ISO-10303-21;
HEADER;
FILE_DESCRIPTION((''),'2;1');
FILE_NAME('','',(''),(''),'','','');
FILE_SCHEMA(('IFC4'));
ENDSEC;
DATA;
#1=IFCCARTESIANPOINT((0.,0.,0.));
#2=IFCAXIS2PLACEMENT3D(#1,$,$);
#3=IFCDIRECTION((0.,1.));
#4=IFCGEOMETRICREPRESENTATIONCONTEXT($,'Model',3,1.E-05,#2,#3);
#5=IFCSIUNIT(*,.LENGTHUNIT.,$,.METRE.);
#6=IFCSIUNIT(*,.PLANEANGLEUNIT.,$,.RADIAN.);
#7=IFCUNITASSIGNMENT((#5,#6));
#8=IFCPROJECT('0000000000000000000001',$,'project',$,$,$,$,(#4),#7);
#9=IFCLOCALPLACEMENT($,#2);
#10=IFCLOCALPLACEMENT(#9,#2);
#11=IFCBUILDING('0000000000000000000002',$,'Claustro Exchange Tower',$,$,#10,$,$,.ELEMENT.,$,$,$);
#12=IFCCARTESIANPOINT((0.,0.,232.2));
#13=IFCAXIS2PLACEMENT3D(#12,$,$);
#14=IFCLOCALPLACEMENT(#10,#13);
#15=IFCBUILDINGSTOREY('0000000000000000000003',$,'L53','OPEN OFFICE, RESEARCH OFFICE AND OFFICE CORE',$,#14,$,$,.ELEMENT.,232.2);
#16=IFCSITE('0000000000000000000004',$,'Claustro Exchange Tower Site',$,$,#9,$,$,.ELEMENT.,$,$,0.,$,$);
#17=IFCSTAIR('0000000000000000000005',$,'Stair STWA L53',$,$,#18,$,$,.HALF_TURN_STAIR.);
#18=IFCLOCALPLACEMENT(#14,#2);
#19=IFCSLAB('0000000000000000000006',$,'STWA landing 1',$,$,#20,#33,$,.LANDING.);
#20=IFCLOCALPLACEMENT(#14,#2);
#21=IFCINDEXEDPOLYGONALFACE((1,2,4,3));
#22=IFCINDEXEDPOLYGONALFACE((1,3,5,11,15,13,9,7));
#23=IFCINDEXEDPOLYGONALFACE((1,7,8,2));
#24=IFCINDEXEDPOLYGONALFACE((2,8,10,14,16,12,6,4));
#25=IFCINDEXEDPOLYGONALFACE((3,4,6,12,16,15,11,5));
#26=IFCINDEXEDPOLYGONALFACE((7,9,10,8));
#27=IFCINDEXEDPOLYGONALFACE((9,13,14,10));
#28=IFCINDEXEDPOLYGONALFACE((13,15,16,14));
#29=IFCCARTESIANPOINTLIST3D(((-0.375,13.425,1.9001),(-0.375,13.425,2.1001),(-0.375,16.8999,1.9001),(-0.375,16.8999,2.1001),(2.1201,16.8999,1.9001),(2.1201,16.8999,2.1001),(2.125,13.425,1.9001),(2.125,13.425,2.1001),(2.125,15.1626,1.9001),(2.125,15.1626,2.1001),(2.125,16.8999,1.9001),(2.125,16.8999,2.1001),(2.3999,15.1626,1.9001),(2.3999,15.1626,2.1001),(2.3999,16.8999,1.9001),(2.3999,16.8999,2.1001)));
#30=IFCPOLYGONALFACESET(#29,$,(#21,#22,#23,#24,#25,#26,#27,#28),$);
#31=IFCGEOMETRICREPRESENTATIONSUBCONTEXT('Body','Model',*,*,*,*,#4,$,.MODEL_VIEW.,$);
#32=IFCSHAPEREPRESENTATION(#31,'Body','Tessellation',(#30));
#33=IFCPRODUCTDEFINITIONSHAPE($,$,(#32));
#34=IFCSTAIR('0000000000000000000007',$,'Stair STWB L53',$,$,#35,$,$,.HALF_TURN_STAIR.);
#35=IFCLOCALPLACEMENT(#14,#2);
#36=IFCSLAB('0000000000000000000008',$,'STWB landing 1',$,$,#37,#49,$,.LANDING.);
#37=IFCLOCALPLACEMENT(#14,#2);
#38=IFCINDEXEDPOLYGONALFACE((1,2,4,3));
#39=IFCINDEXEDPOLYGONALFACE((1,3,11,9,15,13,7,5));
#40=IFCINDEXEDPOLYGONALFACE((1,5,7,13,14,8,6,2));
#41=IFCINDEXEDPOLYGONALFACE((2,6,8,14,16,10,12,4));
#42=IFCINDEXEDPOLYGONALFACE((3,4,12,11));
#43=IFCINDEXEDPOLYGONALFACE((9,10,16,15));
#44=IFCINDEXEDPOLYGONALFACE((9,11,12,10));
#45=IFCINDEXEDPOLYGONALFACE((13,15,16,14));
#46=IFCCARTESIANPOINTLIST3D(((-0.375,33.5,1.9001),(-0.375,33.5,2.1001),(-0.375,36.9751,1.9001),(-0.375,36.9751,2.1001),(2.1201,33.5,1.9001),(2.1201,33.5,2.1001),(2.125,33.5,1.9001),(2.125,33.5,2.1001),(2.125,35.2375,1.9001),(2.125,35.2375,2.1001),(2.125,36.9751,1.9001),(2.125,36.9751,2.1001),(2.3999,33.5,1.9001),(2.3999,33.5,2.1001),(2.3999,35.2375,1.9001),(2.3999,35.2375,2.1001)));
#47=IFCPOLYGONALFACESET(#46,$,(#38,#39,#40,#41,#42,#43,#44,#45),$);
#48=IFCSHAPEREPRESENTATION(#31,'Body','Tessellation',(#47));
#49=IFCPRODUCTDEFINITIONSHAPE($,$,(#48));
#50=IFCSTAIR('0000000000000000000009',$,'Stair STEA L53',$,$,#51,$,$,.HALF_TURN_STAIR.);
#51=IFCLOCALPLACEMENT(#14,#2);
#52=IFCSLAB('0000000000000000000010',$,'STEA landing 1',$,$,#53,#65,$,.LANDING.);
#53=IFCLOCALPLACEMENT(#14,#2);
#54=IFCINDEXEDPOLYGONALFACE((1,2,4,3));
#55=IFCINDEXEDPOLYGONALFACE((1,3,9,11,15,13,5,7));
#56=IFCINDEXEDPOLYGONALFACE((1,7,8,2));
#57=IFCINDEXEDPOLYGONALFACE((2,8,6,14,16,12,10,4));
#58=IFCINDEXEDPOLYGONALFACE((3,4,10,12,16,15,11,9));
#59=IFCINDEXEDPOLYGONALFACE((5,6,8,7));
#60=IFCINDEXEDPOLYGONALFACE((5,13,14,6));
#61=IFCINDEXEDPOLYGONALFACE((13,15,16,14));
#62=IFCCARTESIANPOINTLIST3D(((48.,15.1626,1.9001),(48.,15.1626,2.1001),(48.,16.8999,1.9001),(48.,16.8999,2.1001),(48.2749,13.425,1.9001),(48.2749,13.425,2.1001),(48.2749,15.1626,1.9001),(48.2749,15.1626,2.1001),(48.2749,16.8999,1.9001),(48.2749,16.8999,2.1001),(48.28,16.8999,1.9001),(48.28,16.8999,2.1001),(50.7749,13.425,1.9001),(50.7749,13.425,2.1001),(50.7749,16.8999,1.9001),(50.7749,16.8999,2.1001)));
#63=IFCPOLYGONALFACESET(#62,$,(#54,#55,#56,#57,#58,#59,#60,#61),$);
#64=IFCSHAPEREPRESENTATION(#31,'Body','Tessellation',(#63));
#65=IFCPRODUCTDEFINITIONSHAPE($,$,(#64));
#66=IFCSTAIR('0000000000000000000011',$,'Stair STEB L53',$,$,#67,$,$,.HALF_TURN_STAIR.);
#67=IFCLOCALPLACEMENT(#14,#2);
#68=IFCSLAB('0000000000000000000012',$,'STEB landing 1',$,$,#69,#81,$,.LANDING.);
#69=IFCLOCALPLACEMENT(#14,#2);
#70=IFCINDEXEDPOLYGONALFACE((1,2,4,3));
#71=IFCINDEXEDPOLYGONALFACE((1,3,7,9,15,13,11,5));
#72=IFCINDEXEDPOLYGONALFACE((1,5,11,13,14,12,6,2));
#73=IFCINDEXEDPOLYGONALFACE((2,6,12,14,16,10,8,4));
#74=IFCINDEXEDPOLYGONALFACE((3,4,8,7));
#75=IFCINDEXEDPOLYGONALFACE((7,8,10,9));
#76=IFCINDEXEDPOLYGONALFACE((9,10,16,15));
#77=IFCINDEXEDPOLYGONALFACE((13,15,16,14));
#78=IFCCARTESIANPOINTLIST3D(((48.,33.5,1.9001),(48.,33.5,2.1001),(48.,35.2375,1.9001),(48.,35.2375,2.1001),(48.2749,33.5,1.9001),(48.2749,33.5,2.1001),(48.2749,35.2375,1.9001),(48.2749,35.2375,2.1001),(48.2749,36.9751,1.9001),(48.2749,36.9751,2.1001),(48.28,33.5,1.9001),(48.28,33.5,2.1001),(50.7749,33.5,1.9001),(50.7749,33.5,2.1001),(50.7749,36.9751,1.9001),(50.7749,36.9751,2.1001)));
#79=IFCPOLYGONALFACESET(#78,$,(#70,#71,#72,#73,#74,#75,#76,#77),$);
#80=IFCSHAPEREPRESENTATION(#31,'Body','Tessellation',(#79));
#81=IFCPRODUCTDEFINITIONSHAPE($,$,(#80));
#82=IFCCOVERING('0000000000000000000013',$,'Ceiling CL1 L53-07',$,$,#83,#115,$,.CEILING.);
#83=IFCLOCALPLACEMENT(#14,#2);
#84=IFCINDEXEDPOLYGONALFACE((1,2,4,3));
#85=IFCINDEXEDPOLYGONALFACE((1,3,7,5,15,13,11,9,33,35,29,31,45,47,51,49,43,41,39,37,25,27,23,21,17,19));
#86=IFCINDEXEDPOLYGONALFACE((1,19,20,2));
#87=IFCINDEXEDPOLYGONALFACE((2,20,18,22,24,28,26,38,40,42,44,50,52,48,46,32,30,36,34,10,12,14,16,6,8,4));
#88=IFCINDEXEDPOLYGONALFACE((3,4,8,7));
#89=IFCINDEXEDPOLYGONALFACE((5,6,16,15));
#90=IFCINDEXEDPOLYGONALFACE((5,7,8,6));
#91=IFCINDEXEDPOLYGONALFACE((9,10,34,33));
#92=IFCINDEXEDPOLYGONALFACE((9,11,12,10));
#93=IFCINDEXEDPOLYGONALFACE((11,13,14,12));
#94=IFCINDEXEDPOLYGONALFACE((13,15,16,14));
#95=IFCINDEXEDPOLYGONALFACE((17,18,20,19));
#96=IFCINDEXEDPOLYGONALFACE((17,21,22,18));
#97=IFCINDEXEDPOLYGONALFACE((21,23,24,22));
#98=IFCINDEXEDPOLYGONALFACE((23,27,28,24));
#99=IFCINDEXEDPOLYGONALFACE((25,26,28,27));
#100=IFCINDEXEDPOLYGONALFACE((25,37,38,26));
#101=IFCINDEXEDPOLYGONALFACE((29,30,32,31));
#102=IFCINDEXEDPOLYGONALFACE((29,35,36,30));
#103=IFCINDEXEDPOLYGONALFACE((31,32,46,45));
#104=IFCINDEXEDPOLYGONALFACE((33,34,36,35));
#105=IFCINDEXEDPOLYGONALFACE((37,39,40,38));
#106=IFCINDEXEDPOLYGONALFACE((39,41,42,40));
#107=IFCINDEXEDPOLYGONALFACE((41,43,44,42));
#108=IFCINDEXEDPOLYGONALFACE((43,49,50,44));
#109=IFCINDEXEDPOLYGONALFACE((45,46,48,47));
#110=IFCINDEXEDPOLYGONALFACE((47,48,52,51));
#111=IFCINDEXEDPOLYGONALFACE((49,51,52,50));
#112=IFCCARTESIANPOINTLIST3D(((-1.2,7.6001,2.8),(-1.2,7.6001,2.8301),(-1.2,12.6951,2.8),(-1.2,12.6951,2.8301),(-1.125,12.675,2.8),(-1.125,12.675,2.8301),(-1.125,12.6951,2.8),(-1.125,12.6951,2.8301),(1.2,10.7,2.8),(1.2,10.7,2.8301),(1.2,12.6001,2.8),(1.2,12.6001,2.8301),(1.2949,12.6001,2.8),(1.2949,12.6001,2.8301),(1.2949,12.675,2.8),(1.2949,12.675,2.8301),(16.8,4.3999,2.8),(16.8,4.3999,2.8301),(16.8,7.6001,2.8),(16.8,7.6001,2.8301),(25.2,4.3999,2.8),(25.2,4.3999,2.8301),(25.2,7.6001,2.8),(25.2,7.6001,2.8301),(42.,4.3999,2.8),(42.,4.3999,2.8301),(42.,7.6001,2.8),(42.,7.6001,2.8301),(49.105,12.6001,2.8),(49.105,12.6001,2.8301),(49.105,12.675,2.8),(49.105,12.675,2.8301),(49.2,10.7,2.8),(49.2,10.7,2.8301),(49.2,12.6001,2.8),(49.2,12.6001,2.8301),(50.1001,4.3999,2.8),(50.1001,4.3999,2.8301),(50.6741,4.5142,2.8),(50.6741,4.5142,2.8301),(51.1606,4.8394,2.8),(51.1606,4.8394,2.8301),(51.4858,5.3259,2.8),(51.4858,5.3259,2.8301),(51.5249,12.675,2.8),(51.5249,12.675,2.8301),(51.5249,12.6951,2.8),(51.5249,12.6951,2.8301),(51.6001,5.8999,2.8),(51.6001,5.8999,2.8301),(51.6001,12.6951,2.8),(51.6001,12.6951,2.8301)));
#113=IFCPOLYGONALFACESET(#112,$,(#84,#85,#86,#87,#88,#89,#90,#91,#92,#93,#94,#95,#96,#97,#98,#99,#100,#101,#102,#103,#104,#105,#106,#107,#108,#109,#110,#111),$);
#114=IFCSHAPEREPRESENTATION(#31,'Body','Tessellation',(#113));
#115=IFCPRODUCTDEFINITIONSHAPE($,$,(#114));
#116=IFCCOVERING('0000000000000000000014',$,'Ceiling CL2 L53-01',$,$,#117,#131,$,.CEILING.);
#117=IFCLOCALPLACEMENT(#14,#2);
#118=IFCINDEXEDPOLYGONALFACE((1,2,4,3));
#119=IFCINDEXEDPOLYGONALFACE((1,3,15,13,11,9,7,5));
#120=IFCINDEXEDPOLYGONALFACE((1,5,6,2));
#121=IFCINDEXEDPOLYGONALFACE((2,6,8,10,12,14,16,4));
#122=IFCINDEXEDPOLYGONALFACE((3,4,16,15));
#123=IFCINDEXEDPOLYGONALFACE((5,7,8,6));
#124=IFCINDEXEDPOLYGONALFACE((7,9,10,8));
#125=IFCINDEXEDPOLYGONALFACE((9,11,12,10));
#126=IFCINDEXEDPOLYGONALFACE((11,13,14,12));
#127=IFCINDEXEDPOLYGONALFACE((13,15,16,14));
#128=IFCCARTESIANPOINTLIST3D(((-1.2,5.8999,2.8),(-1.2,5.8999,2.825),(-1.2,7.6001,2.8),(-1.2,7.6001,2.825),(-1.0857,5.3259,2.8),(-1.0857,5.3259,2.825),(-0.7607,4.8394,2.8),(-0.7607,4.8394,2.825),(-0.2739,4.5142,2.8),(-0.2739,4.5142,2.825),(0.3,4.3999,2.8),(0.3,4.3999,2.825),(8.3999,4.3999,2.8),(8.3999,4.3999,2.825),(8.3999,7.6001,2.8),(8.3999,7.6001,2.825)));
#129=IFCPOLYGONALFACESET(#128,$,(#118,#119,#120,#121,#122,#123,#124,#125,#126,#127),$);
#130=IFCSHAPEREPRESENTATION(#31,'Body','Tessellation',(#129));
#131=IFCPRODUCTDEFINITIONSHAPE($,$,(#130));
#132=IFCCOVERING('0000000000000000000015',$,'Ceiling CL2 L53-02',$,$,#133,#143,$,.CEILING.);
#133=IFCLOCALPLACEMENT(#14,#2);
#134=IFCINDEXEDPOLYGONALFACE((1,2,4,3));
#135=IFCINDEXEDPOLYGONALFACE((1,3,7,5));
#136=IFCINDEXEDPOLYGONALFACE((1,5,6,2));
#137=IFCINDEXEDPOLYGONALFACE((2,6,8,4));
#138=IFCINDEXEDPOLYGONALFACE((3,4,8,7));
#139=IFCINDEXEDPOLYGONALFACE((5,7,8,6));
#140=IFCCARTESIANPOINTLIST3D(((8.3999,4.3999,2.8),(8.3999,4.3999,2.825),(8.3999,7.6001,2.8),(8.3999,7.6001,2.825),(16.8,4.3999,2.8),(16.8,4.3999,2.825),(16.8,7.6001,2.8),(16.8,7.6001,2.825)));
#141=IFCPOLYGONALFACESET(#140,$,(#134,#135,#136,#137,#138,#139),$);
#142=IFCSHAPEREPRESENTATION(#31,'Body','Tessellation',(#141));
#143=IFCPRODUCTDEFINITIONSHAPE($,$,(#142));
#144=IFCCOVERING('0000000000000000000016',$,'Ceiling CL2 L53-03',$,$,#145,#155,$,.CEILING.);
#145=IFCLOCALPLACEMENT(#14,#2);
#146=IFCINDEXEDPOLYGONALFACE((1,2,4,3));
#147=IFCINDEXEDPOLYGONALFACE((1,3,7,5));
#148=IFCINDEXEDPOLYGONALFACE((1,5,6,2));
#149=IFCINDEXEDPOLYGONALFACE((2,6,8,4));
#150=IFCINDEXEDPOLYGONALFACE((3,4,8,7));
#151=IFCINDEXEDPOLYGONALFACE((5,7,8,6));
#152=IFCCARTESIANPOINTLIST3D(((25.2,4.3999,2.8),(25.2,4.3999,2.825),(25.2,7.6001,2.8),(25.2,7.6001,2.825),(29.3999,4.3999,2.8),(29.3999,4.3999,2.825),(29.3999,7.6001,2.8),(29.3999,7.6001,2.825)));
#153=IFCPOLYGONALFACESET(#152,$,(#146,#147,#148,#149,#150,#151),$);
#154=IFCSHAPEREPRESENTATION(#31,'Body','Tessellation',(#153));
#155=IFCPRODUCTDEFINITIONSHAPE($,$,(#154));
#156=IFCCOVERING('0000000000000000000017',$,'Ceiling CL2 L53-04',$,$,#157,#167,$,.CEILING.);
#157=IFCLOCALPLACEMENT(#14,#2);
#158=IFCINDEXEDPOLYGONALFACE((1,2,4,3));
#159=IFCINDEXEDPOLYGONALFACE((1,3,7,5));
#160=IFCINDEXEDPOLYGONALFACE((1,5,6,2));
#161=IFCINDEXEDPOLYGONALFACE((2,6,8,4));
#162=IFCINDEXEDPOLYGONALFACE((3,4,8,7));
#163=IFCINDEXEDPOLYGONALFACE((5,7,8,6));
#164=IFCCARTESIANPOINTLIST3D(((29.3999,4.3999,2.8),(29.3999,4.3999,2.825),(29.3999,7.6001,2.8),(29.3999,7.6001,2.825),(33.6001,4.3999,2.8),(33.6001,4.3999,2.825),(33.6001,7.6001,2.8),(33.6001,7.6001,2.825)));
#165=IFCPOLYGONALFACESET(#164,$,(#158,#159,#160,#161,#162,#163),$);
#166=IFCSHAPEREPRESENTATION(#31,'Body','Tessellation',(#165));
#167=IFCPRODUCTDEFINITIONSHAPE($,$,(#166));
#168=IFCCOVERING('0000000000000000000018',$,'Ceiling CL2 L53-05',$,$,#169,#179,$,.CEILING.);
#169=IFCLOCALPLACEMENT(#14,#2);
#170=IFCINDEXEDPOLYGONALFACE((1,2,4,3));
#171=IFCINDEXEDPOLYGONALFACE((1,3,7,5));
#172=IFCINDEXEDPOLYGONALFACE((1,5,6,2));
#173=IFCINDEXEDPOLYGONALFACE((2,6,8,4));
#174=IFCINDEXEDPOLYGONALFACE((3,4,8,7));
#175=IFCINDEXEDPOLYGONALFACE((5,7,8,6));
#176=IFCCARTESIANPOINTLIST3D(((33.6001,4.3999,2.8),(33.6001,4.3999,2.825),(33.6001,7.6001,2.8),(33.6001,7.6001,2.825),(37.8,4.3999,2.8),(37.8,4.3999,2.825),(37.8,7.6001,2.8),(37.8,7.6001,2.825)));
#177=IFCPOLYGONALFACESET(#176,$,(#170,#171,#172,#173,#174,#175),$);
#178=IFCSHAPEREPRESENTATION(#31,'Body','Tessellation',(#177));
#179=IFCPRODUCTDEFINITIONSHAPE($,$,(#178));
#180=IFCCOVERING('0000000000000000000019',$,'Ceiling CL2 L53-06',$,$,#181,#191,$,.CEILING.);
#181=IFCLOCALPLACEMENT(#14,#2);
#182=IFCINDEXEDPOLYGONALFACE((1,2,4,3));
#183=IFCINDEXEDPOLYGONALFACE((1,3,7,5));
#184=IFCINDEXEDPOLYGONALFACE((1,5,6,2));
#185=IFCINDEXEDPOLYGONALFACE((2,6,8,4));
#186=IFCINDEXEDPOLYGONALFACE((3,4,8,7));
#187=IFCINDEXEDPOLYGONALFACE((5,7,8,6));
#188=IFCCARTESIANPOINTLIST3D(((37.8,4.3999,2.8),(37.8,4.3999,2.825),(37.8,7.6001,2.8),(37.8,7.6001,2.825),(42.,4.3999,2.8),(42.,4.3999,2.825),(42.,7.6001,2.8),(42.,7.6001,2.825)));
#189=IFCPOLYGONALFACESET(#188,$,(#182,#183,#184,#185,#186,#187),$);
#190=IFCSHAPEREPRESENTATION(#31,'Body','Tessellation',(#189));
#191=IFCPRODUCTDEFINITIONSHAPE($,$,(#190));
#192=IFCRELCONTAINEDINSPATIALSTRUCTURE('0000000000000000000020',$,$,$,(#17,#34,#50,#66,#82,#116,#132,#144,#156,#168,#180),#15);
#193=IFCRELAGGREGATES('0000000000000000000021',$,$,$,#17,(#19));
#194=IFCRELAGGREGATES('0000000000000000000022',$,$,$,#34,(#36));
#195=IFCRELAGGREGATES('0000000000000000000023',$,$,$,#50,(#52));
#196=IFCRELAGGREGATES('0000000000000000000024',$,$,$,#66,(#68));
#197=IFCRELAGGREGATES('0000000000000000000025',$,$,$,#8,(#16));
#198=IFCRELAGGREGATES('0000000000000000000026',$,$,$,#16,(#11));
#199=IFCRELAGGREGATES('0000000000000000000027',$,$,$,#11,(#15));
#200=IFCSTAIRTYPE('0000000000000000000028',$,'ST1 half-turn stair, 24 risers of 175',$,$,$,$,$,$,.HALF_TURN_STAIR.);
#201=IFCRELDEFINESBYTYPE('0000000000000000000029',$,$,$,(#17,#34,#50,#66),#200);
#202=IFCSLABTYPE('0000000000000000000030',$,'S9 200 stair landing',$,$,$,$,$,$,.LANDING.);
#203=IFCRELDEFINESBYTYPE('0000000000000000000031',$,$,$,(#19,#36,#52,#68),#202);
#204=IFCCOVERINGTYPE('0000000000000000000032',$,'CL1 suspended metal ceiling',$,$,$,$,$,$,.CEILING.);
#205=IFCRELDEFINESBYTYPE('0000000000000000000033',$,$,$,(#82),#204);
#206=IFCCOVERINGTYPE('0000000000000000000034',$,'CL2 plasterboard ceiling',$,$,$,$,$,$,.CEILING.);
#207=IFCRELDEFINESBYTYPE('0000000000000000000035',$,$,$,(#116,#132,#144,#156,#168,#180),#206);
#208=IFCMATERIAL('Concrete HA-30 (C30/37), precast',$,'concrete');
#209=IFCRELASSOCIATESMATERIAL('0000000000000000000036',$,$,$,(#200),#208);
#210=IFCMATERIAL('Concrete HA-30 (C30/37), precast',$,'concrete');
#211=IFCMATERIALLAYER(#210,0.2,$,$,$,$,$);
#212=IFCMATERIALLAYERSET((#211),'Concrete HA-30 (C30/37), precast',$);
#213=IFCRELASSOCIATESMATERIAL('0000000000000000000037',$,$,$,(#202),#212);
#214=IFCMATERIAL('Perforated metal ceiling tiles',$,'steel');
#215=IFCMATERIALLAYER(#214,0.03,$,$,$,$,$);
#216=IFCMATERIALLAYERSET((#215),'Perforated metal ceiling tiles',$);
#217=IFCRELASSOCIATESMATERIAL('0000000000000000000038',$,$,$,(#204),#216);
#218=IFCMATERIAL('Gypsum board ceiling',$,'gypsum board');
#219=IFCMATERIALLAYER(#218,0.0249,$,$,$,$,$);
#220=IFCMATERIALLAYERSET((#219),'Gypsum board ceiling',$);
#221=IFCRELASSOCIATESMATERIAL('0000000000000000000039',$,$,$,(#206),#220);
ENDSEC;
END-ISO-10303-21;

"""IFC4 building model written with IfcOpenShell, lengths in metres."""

from ifc_helpers import new_model, si_unit, direction, frame, origin, place, context, subcontext, project, spatial, polyline, outline, extrude, material, layer, layer_set, type_object, element, aggregate, save


model = new_model("IFC4")

# Units and contexts
model_context = context("Model", 3, precision=1e-05, world=origin(), true_north=direction((0.0, 1.0)))
body_context = subcontext(model_context, "Body", "Model", "MODEL_VIEW")
ifc_project = project(units=[si_unit("LENGTHUNIT", "METRE"), si_unit("PLANEANGLEUNIT", "RADIAN")], contexts=[model_context])

# Site, building, storey
site_placement = place(None, origin())
site = spatial("IfcSite", under=ifc_project, at=site_placement, Name="Claustro Exchange Tower Site", CompositionType="ELEMENT", RefElevation=0.0)
building_placement = place(site_placement, origin())
building = spatial("IfcBuilding", under=site, at=building_placement, Name="Claustro Exchange Tower", CompositionType="ELEMENT")
storey_placement = place(building_placement, frame((0.0, 0.0, 232.2)))
storey = spatial("IfcBuildingStorey", under=building, at=storey_placement, Name="L53", Description="OPEN OFFICE, RESEARCH OFFICE AND OFFICE CORE", CompositionType="ELEMENT", Elevation=232.2)

# Stairs, slabs
ifc_material_1 = material(Name="Concrete HA-30 (C30/37), precast", Category="concrete")
stair_type = type_object("IfcStairType", Name="ST1 half-turn stair, 24 risers of 175", PredefinedType="HALF_TURN_STAIR", material=ifc_material_1)
stair_1_placement = place(storey_placement, origin())
stair_1 = element("IfcStair", 1, at=stair_1_placement, inside=storey, type_object=stair_type, Name="Stair STWA L53", PredefinedType="HALF_TURN_STAIR")
ifc_material_2 = material(Name="Concrete HA-30 (C30/37), precast", Category="concrete")
ifc_layer_1 = layer(ifc_material_2, 0.2)
ifc_layer_set_1 = layer_set([ifc_layer_1], Name="Concrete HA-30 (C30/37), precast")
slab_type_1 = type_object("IfcSlabType", Name="S9 200 stair landing", PredefinedType="LANDING", material=ifc_layer_set_1)
slab_1_placement = place(storey_placement, frame((0.0, 0.0, 1.9001)))
slab_1 = element("IfcSlab", 2, at=slab_1_placement, type_object=slab_type_1, Name="STWA landing 1", PredefinedType="LANDING", context=body_context, shape_type="SweptSolid", body=[
    extrude(outline(polyline([(2.125, 13.425), (-0.375, 13.425), (-0.375, 16.8999), (2.1201, 16.8999), (2.125, 16.8999), (2.3999, 16.8999), (2.3999, 15.1626), (2.125, 15.1626), (2.125, 13.425)])), origin(), (0.0, 0.0, 1.0), 0.2),
])
aggregate(stair_1, [slab_1])
stair_2_placement = place(storey_placement, origin())
stair_2 = element("IfcStair", 3, at=stair_2_placement, inside=storey, type_object=stair_type, Name="Stair STWB L53", PredefinedType="HALF_TURN_STAIR")
slab_2_placement = place(storey_placement, frame((0.0, 0.0, 1.9001)))
slab_2 = element("IfcSlab", 4, at=slab_2_placement, type_object=slab_type_1, Name="STWB landing 1", PredefinedType="LANDING", context=body_context, shape_type="SweptSolid", body=[
    extrude(outline(polyline([(2.3999, 35.2375), (2.3999, 33.5), (2.125, 33.5), (2.1201, 33.5), (-0.375, 33.5), (-0.375, 36.9751), (2.125, 36.9751), (2.125, 35.2375), (2.3999, 35.2375)])), origin(), (0.0, 0.0, 1.0), 0.2),
])
aggregate(stair_2, [slab_2])
stair_3_placement = place(storey_placement, origin())
stair_3 = element("IfcStair", 5, at=stair_3_placement, inside=storey, type_object=stair_type, Name="Stair STEA L53", PredefinedType="HALF_TURN_STAIR")
slab_3_placement = place(storey_placement, frame((0.0, 0.0, 1.9001)))
slab_3 = element("IfcSlab", 6, at=slab_3_placement, type_object=slab_type_1, Name="STEA landing 1", PredefinedType="LANDING", context=body_context, shape_type="SweptSolid", body=[
    extrude(outline(polyline([(50.7749, 16.8999), (50.7749, 13.425), (48.2749, 13.425), (48.2749, 15.1626), (48.0, 15.1626), (48.0, 16.8999), (48.2749, 16.8999), (48.28, 16.8999), (50.7749, 16.8999)])), origin(), (0.0, 0.0, 1.0), 0.2),
])
aggregate(stair_3, [slab_3])
stair_4_placement = place(storey_placement, origin())
stair_4 = element("IfcStair", 7, at=stair_4_placement, inside=storey, type_object=stair_type, Name="Stair STEB L53", PredefinedType="HALF_TURN_STAIR")
slab_4_placement = place(storey_placement, frame((0.0, 0.0, 1.9001)))
slab_4 = element("IfcSlab", 8, at=slab_4_placement, type_object=slab_type_1, Name="STEB landing 1", PredefinedType="LANDING", context=body_context, shape_type="SweptSolid", body=[
    extrude(outline(polyline([(48.0, 33.5), (48.0, 35.2375), (48.2749, 35.2375), (48.2749, 36.9751), (50.7749, 36.9751), (50.7749, 33.5), (48.28, 33.5), (48.2749, 33.5), (48.0, 33.5)])), origin(), (0.0, 0.0, 1.0), 0.2),
])
aggregate(stair_4, [slab_4])

# Coverings
ifc_material_3 = material(Name="Perforated metal ceiling tiles", Category="steel")
ifc_layer_2 = layer(ifc_material_3, 0.03)
ifc_layer_set_2 = layer_set([ifc_layer_2], Name="Perforated metal ceiling tiles")
covering_type_1 = type_object("IfcCoveringType", Name="CL1 suspended metal ceiling", PredefinedType="CEILING", material=ifc_layer_set_2)
covering_1_placement = place(storey_placement, frame((0.0, 0.0, 2.8)))
element("IfcCovering", 9, at=covering_1_placement, inside=storey, type_object=covering_type_1, Name="Ceiling CL1 L53-07", PredefinedType="CEILING", context=body_context, shape_type="SweptSolid", body=[
    extrude(outline(polyline([(1.2, 10.7), (1.2, 12.6001), (1.2949, 12.6001), (1.2949, 12.675), (-1.125, 12.675), (-1.125, 12.6951), (-1.2, 12.6951), (-1.2, 7.6001), (16.8, 7.6001), (16.8, 4.3999), (25.2, 4.3999), (25.2, 7.6001), (42.0, 7.6001), (42.0, 4.3999), (50.1001, 4.3999), (50.6741, 4.5142), (51.1606, 4.8394), (51.4858, 5.3259), (51.6001, 5.8999), (51.6001, 12.6951), (51.5249, 12.6951), (51.5249, 12.675), (49.105, 12.675), (49.105, 12.6001), (49.2, 12.6001), (49.2, 10.7), (1.2, 10.7)])), origin(), (0.0, 0.0, 1.0), 0.03),
])
ifc_material_4 = material(Name="Gypsum board ceiling", Category="gypsum board")
ifc_layer_3 = layer(ifc_material_4, 0.0249)
ifc_layer_set_3 = layer_set([ifc_layer_3], Name="Gypsum board ceiling")
covering_type_2 = type_object("IfcCoveringType", Name="CL2 plasterboard ceiling", PredefinedType="CEILING", material=ifc_layer_set_3)
covering_2_placement = place(storey_placement, frame((0.0, 0.0, 2.8)))
element("IfcCovering", 10, at=covering_2_placement, inside=storey, type_object=covering_type_2, Name="Ceiling CL2 L53-01", PredefinedType="CEILING", context=body_context, shape_type="SweptSolid", body=[
    extrude(outline(polyline([(-1.0857, 5.3259), (-0.7607, 4.8394), (-0.2739, 4.5142), (0.3, 4.3999), (8.3999, 4.3999), (8.3999, 7.6001), (-1.2, 7.6001), (-1.2, 5.8999), (-1.0857, 5.3259)])), origin(), (0.0, 0.0, 1.0), 0.0249),
])
covering_3_placement = place(storey_placement, frame((0.0, 0.0, 2.8)))
element("IfcCovering", 11, at=covering_3_placement, inside=storey, type_object=covering_type_2, Name="Ceiling CL2 L53-02", PredefinedType="CEILING", context=body_context, shape_type="SweptSolid", body=[
    extrude(outline(polyline([(8.3999, 4.3999), (16.8, 4.3999), (16.8, 7.6001), (8.3999, 7.6001), (8.3999, 4.3999)])), origin(), (0.0, 0.0, 1.0), 0.0249),
])
covering_4_placement = place(storey_placement, frame((0.0, 0.0, 2.8)))
element("IfcCovering", 12, at=covering_4_placement, inside=storey, type_object=covering_type_2, Name="Ceiling CL2 L53-03", PredefinedType="CEILING", context=body_context, shape_type="SweptSolid", body=[
    extrude(outline(polyline([(25.2, 4.3999), (29.3999, 4.3999), (29.3999, 7.6001), (25.2, 7.6001), (25.2, 4.3999)])), origin(), (0.0, 0.0, 1.0), 0.0249),
])
covering_5_placement = place(storey_placement, frame((0.0, 0.0, 2.8)))
element("IfcCovering", 13, at=covering_5_placement, inside=storey, type_object=covering_type_2, Name="Ceiling CL2 L53-04", PredefinedType="CEILING", context=body_context, shape_type="SweptSolid", body=[
    extrude(outline(polyline([(29.3999, 4.3999), (33.6001, 4.3999), (33.6001, 7.6001), (29.3999, 7.6001), (29.3999, 4.3999)])), origin(), (0.0, 0.0, 1.0), 0.0249),
])
covering_6_placement = place(storey_placement, frame((0.0, 0.0, 2.8)))
element("IfcCovering", 14, at=covering_6_placement, inside=storey, type_object=covering_type_2, Name="Ceiling CL2 L53-05", PredefinedType="CEILING", context=body_context, shape_type="SweptSolid", body=[
    extrude(outline(polyline([(33.6001, 4.3999), (37.8, 4.3999), (37.8, 7.6001), (33.6001, 7.6001), (33.6001, 4.3999)])), origin(), (0.0, 0.0, 1.0), 0.0249),
])
covering_7_placement = place(storey_placement, frame((0.0, 0.0, 2.8)))
element("IfcCovering", 15, at=covering_7_placement, inside=storey, type_object=covering_type_2, Name="Ceiling CL2 L53-06", PredefinedType="CEILING", context=body_context, shape_type="SweptSolid", body=[
    extrude(outline(polyline([(37.8, 4.3999), (42.0, 4.3999), (42.0, 7.6001), (37.8, 7.6001), (37.8, 4.3999)])), origin(), (0.0, 0.0, 1.0), 0.0249),
])

save(model, "model.ifc")
